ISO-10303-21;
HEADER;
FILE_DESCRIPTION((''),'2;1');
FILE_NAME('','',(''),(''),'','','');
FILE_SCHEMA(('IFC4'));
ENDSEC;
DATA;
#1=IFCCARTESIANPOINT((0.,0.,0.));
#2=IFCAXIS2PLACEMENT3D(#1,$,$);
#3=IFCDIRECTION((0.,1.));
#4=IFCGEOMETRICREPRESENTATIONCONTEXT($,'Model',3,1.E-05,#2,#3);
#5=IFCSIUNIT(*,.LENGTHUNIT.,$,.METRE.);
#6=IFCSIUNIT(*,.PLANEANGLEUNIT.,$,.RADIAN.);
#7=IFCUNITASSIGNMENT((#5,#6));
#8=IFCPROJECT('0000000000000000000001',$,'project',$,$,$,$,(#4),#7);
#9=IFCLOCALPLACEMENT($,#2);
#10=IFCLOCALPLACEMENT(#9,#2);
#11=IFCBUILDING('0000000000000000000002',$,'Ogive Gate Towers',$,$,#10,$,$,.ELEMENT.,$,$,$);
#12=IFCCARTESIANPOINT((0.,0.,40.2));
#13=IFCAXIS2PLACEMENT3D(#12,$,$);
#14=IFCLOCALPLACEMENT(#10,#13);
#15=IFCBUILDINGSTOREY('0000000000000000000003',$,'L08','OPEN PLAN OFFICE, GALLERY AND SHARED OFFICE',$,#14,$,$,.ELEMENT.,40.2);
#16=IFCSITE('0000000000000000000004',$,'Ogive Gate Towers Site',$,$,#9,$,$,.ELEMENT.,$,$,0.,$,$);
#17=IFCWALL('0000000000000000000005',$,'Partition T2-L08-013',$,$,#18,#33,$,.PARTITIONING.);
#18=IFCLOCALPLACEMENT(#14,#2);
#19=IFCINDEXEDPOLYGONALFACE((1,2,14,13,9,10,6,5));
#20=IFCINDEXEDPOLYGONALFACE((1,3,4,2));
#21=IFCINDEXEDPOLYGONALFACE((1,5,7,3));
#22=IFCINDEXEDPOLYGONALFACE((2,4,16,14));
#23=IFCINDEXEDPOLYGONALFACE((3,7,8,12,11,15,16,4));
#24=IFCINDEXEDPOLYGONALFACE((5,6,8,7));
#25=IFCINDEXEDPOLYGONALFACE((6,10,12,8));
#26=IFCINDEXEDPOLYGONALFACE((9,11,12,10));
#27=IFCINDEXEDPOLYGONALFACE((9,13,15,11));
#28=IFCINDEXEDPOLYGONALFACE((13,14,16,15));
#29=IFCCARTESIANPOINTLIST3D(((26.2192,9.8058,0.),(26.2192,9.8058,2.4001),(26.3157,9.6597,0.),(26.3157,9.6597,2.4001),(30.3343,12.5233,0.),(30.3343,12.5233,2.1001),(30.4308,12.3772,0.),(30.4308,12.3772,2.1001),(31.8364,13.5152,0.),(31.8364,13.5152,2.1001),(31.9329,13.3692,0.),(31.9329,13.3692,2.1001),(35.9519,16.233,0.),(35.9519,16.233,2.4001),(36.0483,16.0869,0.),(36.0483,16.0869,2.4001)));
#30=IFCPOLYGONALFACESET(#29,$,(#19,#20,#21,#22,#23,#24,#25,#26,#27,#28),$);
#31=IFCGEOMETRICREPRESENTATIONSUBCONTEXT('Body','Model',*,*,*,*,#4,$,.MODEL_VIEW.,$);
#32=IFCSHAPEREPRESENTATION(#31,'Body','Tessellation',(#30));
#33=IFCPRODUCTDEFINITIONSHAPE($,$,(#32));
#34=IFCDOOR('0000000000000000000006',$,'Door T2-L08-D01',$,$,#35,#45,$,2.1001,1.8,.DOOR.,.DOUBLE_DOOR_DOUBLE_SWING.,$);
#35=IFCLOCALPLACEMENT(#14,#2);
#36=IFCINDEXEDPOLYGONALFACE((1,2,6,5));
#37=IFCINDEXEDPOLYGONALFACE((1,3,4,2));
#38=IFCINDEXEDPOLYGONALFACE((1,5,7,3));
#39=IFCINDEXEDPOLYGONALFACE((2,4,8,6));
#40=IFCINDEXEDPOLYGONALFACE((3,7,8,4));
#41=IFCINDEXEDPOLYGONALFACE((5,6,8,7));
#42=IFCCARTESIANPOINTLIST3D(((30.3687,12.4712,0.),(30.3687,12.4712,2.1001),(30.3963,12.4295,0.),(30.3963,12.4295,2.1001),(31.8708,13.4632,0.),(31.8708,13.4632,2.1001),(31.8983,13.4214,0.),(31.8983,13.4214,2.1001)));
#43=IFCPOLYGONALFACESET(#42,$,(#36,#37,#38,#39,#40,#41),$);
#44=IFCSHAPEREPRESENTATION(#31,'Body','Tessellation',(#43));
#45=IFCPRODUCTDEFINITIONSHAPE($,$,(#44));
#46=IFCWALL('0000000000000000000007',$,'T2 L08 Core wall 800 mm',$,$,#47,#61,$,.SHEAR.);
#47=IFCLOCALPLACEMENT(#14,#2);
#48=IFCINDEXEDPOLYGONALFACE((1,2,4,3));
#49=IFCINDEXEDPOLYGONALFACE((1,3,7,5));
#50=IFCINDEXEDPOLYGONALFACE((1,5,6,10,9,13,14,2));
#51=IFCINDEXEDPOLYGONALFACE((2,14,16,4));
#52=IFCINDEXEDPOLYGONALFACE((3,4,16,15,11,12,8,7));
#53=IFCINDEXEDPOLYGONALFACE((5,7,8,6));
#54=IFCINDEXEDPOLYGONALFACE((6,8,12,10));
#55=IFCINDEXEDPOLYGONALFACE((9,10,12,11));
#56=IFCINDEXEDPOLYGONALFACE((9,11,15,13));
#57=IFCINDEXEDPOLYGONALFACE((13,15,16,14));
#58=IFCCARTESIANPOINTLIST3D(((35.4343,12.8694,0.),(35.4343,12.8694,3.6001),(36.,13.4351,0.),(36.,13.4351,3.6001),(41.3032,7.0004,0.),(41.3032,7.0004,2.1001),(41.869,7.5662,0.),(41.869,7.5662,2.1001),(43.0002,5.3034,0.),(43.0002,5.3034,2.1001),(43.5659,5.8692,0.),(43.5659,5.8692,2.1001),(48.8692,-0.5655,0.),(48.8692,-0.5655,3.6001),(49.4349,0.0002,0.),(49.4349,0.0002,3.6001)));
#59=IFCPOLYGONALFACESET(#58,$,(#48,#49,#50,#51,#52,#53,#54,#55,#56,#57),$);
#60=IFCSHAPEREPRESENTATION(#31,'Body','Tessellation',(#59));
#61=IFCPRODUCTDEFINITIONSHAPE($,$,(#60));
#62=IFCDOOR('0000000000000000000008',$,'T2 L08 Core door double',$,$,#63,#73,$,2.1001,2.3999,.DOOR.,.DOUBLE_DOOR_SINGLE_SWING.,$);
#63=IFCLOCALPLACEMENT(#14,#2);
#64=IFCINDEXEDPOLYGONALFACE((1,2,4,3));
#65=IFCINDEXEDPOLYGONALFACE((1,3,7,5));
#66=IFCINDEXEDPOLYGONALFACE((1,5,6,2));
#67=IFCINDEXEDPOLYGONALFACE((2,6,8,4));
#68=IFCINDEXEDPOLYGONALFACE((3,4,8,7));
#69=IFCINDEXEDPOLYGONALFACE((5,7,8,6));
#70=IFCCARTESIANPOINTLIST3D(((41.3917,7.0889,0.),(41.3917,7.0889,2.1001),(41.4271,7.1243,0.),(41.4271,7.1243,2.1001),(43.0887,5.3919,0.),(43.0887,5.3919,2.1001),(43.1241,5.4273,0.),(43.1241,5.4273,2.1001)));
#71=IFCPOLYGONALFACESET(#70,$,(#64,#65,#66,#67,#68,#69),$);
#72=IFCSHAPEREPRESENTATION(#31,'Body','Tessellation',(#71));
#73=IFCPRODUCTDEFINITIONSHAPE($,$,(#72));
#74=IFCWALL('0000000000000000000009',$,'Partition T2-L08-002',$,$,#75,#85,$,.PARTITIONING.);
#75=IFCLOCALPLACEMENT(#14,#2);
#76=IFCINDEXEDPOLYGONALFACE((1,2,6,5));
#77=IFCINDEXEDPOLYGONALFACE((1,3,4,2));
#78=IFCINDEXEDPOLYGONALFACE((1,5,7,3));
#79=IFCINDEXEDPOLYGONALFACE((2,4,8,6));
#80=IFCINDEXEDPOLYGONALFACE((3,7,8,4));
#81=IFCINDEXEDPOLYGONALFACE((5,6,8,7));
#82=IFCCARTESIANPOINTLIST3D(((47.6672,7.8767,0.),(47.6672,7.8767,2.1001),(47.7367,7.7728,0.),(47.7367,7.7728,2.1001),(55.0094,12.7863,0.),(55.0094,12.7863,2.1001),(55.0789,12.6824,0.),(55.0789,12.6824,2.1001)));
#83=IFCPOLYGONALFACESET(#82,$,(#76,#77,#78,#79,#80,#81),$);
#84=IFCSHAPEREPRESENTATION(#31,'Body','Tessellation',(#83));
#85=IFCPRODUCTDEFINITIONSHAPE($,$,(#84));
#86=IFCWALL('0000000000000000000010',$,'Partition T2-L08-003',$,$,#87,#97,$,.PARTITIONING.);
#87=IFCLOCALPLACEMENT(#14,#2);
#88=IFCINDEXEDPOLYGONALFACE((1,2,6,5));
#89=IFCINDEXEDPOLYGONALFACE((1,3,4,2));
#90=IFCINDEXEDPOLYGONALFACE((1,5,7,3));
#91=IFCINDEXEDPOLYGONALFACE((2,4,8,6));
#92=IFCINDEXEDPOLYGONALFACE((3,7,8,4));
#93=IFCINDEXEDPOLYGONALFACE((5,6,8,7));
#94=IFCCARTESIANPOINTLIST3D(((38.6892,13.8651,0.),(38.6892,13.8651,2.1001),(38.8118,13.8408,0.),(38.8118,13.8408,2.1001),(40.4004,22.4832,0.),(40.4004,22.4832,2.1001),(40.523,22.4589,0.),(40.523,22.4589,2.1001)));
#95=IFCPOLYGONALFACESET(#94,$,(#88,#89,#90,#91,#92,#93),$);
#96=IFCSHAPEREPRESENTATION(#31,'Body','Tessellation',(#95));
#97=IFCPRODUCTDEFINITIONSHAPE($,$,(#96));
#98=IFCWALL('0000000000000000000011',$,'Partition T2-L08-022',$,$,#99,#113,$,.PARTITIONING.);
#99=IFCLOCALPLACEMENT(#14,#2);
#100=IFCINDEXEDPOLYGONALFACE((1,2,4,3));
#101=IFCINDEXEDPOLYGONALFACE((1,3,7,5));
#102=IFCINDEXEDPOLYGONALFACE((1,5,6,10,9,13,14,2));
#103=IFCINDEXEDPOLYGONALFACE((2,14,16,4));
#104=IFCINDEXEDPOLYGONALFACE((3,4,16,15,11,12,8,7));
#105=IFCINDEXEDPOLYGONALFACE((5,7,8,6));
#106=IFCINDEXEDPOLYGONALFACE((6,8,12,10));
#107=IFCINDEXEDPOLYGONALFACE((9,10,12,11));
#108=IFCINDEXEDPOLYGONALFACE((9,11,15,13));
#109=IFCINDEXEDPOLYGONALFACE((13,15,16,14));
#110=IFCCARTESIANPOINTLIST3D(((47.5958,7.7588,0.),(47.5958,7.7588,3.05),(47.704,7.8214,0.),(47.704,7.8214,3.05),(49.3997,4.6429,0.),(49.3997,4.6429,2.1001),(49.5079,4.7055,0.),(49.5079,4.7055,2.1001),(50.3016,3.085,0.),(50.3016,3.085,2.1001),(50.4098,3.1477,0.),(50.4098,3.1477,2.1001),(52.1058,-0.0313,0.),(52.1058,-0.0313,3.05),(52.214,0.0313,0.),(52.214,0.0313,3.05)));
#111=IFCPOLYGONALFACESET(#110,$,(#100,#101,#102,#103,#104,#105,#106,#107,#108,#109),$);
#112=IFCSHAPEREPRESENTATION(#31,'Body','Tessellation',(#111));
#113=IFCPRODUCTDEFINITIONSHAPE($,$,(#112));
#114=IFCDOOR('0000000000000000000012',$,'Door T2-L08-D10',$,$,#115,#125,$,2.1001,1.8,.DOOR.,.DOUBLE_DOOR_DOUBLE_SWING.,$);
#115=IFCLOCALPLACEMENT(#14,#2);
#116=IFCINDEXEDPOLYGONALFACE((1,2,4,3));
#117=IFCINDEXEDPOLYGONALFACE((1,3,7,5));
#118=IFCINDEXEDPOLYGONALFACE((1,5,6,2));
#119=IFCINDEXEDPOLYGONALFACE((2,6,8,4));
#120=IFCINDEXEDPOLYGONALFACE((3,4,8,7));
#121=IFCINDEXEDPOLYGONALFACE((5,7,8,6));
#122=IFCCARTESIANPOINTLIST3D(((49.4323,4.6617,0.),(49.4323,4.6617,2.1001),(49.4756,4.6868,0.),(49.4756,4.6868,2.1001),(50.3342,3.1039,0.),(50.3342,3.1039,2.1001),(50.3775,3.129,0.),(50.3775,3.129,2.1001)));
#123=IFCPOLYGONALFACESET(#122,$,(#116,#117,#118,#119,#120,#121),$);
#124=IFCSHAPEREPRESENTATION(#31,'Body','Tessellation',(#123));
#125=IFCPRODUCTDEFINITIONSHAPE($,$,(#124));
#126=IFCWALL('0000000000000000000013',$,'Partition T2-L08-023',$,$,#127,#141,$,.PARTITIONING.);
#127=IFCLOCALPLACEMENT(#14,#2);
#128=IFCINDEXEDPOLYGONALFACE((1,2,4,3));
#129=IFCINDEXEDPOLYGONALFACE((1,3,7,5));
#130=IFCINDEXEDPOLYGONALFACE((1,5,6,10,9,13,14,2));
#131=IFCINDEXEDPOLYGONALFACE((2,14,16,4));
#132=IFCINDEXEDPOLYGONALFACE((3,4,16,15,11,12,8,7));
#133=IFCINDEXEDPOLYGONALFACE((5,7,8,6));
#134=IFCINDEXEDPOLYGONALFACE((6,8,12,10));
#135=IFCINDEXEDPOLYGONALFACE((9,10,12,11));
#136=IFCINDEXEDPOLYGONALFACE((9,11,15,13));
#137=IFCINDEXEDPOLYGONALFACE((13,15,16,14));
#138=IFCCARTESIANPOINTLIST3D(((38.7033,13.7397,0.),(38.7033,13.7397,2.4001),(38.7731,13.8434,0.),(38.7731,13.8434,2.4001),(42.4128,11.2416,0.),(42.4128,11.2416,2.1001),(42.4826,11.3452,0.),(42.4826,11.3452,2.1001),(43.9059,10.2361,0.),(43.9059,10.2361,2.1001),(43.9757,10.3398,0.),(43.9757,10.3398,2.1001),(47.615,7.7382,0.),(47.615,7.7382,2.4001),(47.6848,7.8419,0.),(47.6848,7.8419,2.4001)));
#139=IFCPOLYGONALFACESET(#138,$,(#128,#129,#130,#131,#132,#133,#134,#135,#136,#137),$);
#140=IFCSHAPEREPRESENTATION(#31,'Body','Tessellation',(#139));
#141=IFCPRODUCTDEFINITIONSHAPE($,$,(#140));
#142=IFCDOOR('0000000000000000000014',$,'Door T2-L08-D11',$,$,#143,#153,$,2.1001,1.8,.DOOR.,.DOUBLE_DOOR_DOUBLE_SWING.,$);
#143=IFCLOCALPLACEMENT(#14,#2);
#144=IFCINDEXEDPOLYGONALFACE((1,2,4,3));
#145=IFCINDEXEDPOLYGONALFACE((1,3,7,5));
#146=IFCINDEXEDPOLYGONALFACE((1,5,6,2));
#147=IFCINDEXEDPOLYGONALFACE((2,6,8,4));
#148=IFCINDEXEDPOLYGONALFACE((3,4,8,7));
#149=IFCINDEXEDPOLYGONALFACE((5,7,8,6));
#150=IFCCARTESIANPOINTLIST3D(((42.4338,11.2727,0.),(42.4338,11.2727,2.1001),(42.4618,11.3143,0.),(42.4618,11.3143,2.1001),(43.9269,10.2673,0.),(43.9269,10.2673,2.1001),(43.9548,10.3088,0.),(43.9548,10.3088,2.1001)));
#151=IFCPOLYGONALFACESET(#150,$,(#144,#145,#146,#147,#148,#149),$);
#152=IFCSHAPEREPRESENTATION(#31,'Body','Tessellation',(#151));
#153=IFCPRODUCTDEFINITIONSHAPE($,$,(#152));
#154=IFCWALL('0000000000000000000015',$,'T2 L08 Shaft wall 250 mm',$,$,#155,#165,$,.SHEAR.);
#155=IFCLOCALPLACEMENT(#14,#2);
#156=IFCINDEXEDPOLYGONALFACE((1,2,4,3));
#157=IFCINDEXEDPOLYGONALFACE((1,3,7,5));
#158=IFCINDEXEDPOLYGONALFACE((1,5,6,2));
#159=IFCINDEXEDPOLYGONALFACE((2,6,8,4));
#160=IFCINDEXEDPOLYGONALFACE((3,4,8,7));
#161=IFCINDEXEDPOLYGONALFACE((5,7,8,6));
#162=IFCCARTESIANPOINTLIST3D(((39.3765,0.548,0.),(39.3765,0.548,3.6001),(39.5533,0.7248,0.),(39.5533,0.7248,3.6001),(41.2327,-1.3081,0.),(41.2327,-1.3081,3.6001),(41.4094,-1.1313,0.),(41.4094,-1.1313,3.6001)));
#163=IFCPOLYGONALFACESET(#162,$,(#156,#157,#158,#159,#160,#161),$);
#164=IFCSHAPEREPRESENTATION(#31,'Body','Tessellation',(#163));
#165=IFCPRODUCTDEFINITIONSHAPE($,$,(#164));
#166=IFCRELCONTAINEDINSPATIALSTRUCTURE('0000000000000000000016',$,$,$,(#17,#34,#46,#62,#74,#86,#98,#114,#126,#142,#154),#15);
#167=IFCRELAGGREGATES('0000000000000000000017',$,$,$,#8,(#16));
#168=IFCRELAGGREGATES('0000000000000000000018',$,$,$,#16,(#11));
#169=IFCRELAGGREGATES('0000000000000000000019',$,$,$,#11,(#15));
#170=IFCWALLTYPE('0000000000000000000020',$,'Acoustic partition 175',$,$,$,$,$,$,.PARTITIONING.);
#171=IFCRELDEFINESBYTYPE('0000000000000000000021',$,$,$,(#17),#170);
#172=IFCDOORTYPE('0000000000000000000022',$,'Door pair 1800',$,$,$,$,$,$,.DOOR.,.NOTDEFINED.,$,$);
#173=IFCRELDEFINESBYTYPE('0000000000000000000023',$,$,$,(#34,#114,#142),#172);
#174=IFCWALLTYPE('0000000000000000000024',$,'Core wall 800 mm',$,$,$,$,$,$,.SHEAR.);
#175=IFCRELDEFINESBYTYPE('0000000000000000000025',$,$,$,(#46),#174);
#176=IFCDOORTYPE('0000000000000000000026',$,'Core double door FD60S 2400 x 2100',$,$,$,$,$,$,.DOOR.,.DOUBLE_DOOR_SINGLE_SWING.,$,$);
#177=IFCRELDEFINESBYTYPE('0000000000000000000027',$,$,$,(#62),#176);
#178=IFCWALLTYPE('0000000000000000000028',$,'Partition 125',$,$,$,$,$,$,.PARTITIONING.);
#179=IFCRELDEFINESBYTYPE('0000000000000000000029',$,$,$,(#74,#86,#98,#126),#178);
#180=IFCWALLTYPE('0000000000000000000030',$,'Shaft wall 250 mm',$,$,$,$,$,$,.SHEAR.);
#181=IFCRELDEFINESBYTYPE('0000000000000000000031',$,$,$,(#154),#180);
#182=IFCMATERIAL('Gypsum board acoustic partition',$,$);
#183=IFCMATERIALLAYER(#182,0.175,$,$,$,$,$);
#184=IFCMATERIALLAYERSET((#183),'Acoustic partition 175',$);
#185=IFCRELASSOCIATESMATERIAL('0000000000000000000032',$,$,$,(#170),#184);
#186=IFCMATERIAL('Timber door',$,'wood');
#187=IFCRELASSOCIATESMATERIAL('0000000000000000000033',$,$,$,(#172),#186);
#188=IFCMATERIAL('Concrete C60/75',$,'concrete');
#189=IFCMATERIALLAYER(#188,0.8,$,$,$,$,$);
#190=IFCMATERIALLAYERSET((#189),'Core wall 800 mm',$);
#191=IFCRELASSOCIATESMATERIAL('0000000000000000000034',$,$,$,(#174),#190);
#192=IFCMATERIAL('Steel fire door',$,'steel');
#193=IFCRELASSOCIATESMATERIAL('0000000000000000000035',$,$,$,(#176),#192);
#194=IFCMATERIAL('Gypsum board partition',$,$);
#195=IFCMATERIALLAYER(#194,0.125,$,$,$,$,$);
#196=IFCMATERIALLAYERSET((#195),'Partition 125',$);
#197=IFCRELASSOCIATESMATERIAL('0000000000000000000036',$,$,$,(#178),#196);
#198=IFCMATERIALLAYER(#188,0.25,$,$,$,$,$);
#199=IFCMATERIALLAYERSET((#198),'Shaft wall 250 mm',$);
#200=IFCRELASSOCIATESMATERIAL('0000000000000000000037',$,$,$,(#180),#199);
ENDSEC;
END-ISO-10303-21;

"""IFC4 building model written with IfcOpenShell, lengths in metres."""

from ifc_helpers import new_model, si_unit, direction, frame, frame_2d, origin, place, context, subcontext, project, spatial, rectangle, extrude, material, layer, layer_set, type_object, element, fill, save


model = new_model("IFC4")

# Units and contexts
model_context = context("Model", 3, precision=1e-05, world=origin(), true_north=direction((0.0, 1.0)))
body_context = subcontext(model_context, "Body", "Model", "MODEL_VIEW")
ifc_project = project(units=[si_unit("LENGTHUNIT", "METRE"), si_unit("PLANEANGLEUNIT", "RADIAN")], contexts=[model_context])

# Site, building, storey
site_placement = place(None, origin())
site = spatial("IfcSite", under=ifc_project, at=site_placement, Name="Ogive Gate Towers Site", CompositionType="ELEMENT", RefElevation=0.0)
building_placement = place(site_placement, origin())
building = spatial("IfcBuilding", under=site, at=building_placement, Name="Ogive Gate Towers", CompositionType="ELEMENT")
storey_placement = place(building_placement, frame((0.0, 0.0, 40.2)))
storey = spatial("IfcBuildingStorey", under=building, at=storey_placement, Name="L08", Description="OPEN PLAN OFFICE, GALLERY AND SHARED OFFICE", CompositionType="ELEMENT", Elevation=40.2)

# Shared definitions
ifc_material_1 = material(Name="Gypsum board acoustic partition")
ifc_layer_1 = layer(ifc_material_1, 0.175)
ifc_layer_set_1 = layer_set([ifc_layer_1], Name="Acoustic partition 175")
wall_type_1 = type_object("IfcWallType", Name="Acoustic partition 175", PredefinedType="PARTITIONING", material=ifc_layer_set_1)

# Walls, openings, doors
wall_1_placement = place(storey_placement, frame((36.0, 16.1599, 0.0), z_axis=(0.0, 0.0, 1.0), x_axis=(-0.834464, -0.551062, 0.0)))
wall_1 = element("IfcWall", 1, at=wall_1_placement, inside=storey, type_object=wall_type_1, Name="Partition T2-L08-013", PredefinedType="PARTITIONING", context=body_context, shape_type="SweptSolid", body=[
    extrude(rectangle(XDim=11.6633, YDim=0.175, at=frame_2d((5.8315, 0.0))), origin(), (0.0, 0.0, 1.0), 2.4001),
])
opening_1_placement = place(wall_1_placement, frame((4.9319, 0.0, 0.0)))
opening_1 = element("IfcOpeningElement", 2, at=opening_1_placement, cuts=wall_1, PredefinedType="OPENING", context=body_context, shape_type="SweptSolid", body=[
    extrude(rectangle(XDim=1.8, YDim=2.1001, at=frame_2d((0.8999, 1.05))), frame((0.0, 0.0977, 0.0), z_axis=(0.0, -1.0, 0.0), x_axis=(1.0, 0.0, 0.0)), (0.0, 0.0, 1.0), 0.1951),
])
ifc_material_2 = material(Name="Timber door", Category="wood")
door_type_1 = type_object("IfcDoorType", Name="Door pair 1800", OperationType="NOTDEFINED", PredefinedType="DOOR", material=ifc_material_2)
door_1_placement = place(opening_1_placement, origin())
door_1 = element("IfcDoor", 3, at=door_1_placement, inside=storey, type_object=door_type_1, Name="Door T2-L08-D01", OperationType="DOUBLE_DOOR_DOUBLE_SWING", OverallHeight=2.1001, OverallWidth=1.8, PredefinedType="DOOR", context=body_context, shape_type="SweptSolid", body=[
    extrude(rectangle(XDim=1.8, YDim=2.1001, at=frame_2d((0.8999, 1.05))), frame((0.0, 0.0249, 0.0), z_axis=(0.0, -1.0, 0.0), x_axis=(1.0, 0.0, 0.0)), (0.0, 0.0, 1.0), 0.05),
])
fill(opening_1, door_1)
ifc_material_3 = material(Name="Concrete C60/75", Category="concrete")
ifc_layer_2 = layer(ifc_material_3, 0.8)
ifc_layer_set_2 = layer_set([ifc_layer_2], Name="Core wall 800 mm")
wall_type_2 = type_object("IfcWallType", Name="Core wall 800 mm", PredefinedType="SHEAR", material=ifc_layer_set_2)
wall_2_placement = place(storey_placement, frame((49.1521, -0.2827, 0.0), z_axis=(0.0, 0.0, 1.0), x_axis=(-0.707107, 0.707107, 0.0)))
wall_2 = element("IfcWall", 4, at=wall_2_placement, inside=storey, type_object=wall_type_2, Name="T2 L08 Core wall 800 mm", PredefinedType="SHEAR", context=body_context, shape_type="SweptSolid", body=[
    extrude(rectangle(XDim=18.9998, YDim=0.8, at=frame_2d((9.5, 0.0))), origin(), (0.0, 0.0, 1.0), 3.6001),
])
opening_2_placement = place(wall_2_placement, frame((8.3, 0.0, 0.0)))
opening_2 = element("IfcOpeningElement", 5, at=opening_2_placement, cuts=wall_2, PredefinedType="OPENING", context=body_context, shape_type="SweptSolid", body=[
    extrude(rectangle(XDim=2.3999, YDim=2.1001, at=frame_2d((1.2, 1.05))), frame((0.0, 0.4102, 0.0), z_axis=(0.0, -1.0, 0.0), x_axis=(1.0, 0.0, 0.0)), (0.0, 0.0, 1.0), 0.8201),
])
ifc_material_4 = material(Name="Steel fire door", Category="steel")
door_type_2 = type_object("IfcDoorType", Name="Core double door FD60S 2400 x 2100", OperationType="DOUBLE_DOOR_SINGLE_SWING", PredefinedType="DOOR", material=ifc_material_4)
door_2_placement = place(opening_2_placement, origin())
door_2 = element("IfcDoor", 6, at=door_2_placement, inside=storey, type_object=door_type_2, Name="T2 L08 Core door double", OperationType="DOUBLE_DOOR_SINGLE_SWING", OverallHeight=2.1001, OverallWidth=2.3999, PredefinedType="DOOR", context=body_context, shape_type="SweptSolid", body=[
    extrude(rectangle(XDim=2.3999, YDim=2.1001, at=frame_2d((1.2, 1.05))), frame((0.0, 0.2749, 0.0), z_axis=(0.0, -1.0, 0.0), x_axis=(1.0, 0.0, 0.0)), (0.0, 0.0, 1.0), 0.05),
])
fill(opening_2, door_2)

# Walls
ifc_material_5 = material(Name="Gypsum board partition")
ifc_layer_3 = layer(ifc_material_5, 0.125)
ifc_layer_set_3 = layer_set([ifc_layer_3], Name="Partition 125")
wall_type_3 = type_object("IfcWallType", Name="Partition 125", PredefinedType="PARTITIONING", material=ifc_layer_set_3)
wall_3_placement = place(storey_placement, frame((55.0442, 12.7344, 0.0), z_axis=(0.0, 0.0, 1.0), x_axis=(-0.831276, -0.555861, 0.0)))
element("IfcWall", 7, at=wall_3_placement, inside=storey, type_object=wall_type_3, Name="Partition T2-L08-002", PredefinedType="PARTITIONING", context=body_context, shape_type="SweptSolid", body=[
    extrude(rectangle(XDim=8.8325, YDim=0.125, at=frame_2d((4.4163, 0.0))), origin(), (0.0, 0.0, 1.0), 2.1001),
])
wall_4_placement = place(storey_placement, frame((40.4617, 22.4709, 0.0), z_axis=(0.0, 0.0, 1.0), x_axis=(-0.194753, -0.980852, 0.0)))
element("IfcWall", 8, at=wall_4_placement, inside=storey, type_object=wall_type_3, Name="Partition T2-L08-003", PredefinedType="PARTITIONING", context=body_context, shape_type="SweptSolid", body=[
    extrude(rectangle(XDim=8.7864, YDim=0.125, at=frame_2d((4.3931, 0.0))), origin(), (0.0, 0.0, 1.0), 2.1001),
])

# Walls, openings, doors
wall_5_placement = place(storey_placement, frame((52.1599, 0.0, 0.0), z_axis=(0.0, 0.0, 1.0), x_axis=(-0.501035, 0.865427, 0.0)))
wall_5 = element("IfcWall", 9, at=wall_5_placement, inside=storey, type_object=wall_type_3, Name="Partition T2-L08-022", PredefinedType="PARTITIONING", context=body_context, shape_type="SweptSolid", body=[
    extrude(rectangle(XDim=9.0015, YDim=0.125, at=frame_2d((4.5007, 0.0))), origin(), (0.0, 0.0, 1.0), 3.05),
])
opening_3_placement = place(wall_5_placement, frame((3.6011, 0.0, 0.0)))
opening_3 = element("IfcOpeningElement", 10, at=opening_3_placement, cuts=wall_5, PredefinedType="OPENING", context=body_context, shape_type="SweptSolid", body=[
    extrude(rectangle(XDim=1.8, YDim=2.1001, at=frame_2d((0.8999, 1.05))), frame((0.0, 0.0725, 0.0), z_axis=(0.0, -1.0, 0.0), x_axis=(1.0, 0.0, 0.0)), (0.0, 0.0, 1.0), 0.145),
])
door_3_placement = place(opening_3_placement, origin())
door_3 = element("IfcDoor", 11, at=door_3_placement, inside=storey, type_object=door_type_1, Name="Door T2-L08-D10", OperationType="DOUBLE_DOOR_DOUBLE_SWING", OverallHeight=2.1001, OverallWidth=1.8, PredefinedType="DOOR", context=body_context, shape_type="SweptSolid", body=[
    extrude(rectangle(XDim=1.8, YDim=2.1001, at=frame_2d((0.8999, 1.05))), frame((0.0, 0.0249, 0.0), z_axis=(0.0, -1.0, 0.0), x_axis=(1.0, 0.0, 0.0)), (0.0, 0.0, 1.0), 0.05),
])
fill(opening_3, door_3)
wall_6_placement = place(storey_placement, frame((47.6499, 7.79, 0.0), z_axis=(0.0, 0.0, 1.0), x_axis=(-0.829447, 0.558585, 0.0)))
wall_6 = element("IfcWall", 12, at=wall_6_placement, inside=storey, type_object=wall_type_3, Name="Partition T2-L08-023", PredefinedType="PARTITIONING", context=body_context, shape_type="SweptSolid", body=[
    extrude(rectangle(XDim=10.7441, YDim=0.125, at=frame_2d((5.3721, 0.0))), origin(), (0.0, 0.0, 1.0), 2.4001),
])
opening_4_placement = place(wall_6_placement, frame((4.4719, 0.0, 0.0)))
opening_4 = element("IfcOpeningElement", 13, at=opening_4_placement, cuts=wall_6, PredefinedType="OPENING", context=body_context, shape_type="SweptSolid", body=[
    extrude(rectangle(XDim=1.8, YDim=2.1001, at=frame_2d((0.8999, 1.05))), frame((0.0, 0.0725, 0.0), z_axis=(0.0, -1.0, 0.0), x_axis=(1.0, 0.0, 0.0)), (0.0, 0.0, 1.0), 0.145),
])
door_4_placement = place(opening_4_placement, origin())
door_4 = element("IfcDoor", 14, at=door_4_placement, inside=storey, type_object=door_type_1, Name="Door T2-L08-D11", OperationType="DOUBLE_DOOR_DOUBLE_SWING", OverallHeight=2.1001, OverallWidth=1.8, PredefinedType="DOOR", context=body_context, shape_type="SweptSolid", body=[
    extrude(rectangle(XDim=1.8, YDim=2.1001, at=frame_2d((0.8999, 1.05))), frame((0.0, 0.0249, 0.0), z_axis=(0.0, -1.0, 0.0), x_axis=(1.0, 0.0, 0.0)), (0.0, 0.0, 1.0), 0.05),
])
fill(opening_4, door_4)

# Wall
ifc_layer_4 = layer(ifc_material_3, 0.25)
ifc_layer_set_4 = layer_set([ifc_layer_4], Name="Shaft wall 250 mm")
wall_type_4 = type_object("IfcWallType", Name="Shaft wall 250 mm", PredefinedType="SHEAR", material=ifc_layer_set_4)
for number, where, z_axis, x_axis, name in (
    (15, (41.321, -1.2197, 0.0), (0.0, 0.0, 1.0), (-0.707107, 0.707107, 0.0), "T2 L08 Shaft wall 250 mm"),
):
    element("IfcWall", number, at=place(storey_placement, frame(where, z_axis=z_axis, x_axis=x_axis)), inside=storey, type_object=wall_type_4, Name=name, PredefinedType="SHEAR", context=body_context, shape_type="SweptSolid", body=[
        extrude(rectangle(XDim=2.625, YDim=0.25, at=frame_2d((1.3125, 0.0))), origin(), (0.0, 0.0, 1.0), 3.6001),
    ])

save(model, "model.ifc")
